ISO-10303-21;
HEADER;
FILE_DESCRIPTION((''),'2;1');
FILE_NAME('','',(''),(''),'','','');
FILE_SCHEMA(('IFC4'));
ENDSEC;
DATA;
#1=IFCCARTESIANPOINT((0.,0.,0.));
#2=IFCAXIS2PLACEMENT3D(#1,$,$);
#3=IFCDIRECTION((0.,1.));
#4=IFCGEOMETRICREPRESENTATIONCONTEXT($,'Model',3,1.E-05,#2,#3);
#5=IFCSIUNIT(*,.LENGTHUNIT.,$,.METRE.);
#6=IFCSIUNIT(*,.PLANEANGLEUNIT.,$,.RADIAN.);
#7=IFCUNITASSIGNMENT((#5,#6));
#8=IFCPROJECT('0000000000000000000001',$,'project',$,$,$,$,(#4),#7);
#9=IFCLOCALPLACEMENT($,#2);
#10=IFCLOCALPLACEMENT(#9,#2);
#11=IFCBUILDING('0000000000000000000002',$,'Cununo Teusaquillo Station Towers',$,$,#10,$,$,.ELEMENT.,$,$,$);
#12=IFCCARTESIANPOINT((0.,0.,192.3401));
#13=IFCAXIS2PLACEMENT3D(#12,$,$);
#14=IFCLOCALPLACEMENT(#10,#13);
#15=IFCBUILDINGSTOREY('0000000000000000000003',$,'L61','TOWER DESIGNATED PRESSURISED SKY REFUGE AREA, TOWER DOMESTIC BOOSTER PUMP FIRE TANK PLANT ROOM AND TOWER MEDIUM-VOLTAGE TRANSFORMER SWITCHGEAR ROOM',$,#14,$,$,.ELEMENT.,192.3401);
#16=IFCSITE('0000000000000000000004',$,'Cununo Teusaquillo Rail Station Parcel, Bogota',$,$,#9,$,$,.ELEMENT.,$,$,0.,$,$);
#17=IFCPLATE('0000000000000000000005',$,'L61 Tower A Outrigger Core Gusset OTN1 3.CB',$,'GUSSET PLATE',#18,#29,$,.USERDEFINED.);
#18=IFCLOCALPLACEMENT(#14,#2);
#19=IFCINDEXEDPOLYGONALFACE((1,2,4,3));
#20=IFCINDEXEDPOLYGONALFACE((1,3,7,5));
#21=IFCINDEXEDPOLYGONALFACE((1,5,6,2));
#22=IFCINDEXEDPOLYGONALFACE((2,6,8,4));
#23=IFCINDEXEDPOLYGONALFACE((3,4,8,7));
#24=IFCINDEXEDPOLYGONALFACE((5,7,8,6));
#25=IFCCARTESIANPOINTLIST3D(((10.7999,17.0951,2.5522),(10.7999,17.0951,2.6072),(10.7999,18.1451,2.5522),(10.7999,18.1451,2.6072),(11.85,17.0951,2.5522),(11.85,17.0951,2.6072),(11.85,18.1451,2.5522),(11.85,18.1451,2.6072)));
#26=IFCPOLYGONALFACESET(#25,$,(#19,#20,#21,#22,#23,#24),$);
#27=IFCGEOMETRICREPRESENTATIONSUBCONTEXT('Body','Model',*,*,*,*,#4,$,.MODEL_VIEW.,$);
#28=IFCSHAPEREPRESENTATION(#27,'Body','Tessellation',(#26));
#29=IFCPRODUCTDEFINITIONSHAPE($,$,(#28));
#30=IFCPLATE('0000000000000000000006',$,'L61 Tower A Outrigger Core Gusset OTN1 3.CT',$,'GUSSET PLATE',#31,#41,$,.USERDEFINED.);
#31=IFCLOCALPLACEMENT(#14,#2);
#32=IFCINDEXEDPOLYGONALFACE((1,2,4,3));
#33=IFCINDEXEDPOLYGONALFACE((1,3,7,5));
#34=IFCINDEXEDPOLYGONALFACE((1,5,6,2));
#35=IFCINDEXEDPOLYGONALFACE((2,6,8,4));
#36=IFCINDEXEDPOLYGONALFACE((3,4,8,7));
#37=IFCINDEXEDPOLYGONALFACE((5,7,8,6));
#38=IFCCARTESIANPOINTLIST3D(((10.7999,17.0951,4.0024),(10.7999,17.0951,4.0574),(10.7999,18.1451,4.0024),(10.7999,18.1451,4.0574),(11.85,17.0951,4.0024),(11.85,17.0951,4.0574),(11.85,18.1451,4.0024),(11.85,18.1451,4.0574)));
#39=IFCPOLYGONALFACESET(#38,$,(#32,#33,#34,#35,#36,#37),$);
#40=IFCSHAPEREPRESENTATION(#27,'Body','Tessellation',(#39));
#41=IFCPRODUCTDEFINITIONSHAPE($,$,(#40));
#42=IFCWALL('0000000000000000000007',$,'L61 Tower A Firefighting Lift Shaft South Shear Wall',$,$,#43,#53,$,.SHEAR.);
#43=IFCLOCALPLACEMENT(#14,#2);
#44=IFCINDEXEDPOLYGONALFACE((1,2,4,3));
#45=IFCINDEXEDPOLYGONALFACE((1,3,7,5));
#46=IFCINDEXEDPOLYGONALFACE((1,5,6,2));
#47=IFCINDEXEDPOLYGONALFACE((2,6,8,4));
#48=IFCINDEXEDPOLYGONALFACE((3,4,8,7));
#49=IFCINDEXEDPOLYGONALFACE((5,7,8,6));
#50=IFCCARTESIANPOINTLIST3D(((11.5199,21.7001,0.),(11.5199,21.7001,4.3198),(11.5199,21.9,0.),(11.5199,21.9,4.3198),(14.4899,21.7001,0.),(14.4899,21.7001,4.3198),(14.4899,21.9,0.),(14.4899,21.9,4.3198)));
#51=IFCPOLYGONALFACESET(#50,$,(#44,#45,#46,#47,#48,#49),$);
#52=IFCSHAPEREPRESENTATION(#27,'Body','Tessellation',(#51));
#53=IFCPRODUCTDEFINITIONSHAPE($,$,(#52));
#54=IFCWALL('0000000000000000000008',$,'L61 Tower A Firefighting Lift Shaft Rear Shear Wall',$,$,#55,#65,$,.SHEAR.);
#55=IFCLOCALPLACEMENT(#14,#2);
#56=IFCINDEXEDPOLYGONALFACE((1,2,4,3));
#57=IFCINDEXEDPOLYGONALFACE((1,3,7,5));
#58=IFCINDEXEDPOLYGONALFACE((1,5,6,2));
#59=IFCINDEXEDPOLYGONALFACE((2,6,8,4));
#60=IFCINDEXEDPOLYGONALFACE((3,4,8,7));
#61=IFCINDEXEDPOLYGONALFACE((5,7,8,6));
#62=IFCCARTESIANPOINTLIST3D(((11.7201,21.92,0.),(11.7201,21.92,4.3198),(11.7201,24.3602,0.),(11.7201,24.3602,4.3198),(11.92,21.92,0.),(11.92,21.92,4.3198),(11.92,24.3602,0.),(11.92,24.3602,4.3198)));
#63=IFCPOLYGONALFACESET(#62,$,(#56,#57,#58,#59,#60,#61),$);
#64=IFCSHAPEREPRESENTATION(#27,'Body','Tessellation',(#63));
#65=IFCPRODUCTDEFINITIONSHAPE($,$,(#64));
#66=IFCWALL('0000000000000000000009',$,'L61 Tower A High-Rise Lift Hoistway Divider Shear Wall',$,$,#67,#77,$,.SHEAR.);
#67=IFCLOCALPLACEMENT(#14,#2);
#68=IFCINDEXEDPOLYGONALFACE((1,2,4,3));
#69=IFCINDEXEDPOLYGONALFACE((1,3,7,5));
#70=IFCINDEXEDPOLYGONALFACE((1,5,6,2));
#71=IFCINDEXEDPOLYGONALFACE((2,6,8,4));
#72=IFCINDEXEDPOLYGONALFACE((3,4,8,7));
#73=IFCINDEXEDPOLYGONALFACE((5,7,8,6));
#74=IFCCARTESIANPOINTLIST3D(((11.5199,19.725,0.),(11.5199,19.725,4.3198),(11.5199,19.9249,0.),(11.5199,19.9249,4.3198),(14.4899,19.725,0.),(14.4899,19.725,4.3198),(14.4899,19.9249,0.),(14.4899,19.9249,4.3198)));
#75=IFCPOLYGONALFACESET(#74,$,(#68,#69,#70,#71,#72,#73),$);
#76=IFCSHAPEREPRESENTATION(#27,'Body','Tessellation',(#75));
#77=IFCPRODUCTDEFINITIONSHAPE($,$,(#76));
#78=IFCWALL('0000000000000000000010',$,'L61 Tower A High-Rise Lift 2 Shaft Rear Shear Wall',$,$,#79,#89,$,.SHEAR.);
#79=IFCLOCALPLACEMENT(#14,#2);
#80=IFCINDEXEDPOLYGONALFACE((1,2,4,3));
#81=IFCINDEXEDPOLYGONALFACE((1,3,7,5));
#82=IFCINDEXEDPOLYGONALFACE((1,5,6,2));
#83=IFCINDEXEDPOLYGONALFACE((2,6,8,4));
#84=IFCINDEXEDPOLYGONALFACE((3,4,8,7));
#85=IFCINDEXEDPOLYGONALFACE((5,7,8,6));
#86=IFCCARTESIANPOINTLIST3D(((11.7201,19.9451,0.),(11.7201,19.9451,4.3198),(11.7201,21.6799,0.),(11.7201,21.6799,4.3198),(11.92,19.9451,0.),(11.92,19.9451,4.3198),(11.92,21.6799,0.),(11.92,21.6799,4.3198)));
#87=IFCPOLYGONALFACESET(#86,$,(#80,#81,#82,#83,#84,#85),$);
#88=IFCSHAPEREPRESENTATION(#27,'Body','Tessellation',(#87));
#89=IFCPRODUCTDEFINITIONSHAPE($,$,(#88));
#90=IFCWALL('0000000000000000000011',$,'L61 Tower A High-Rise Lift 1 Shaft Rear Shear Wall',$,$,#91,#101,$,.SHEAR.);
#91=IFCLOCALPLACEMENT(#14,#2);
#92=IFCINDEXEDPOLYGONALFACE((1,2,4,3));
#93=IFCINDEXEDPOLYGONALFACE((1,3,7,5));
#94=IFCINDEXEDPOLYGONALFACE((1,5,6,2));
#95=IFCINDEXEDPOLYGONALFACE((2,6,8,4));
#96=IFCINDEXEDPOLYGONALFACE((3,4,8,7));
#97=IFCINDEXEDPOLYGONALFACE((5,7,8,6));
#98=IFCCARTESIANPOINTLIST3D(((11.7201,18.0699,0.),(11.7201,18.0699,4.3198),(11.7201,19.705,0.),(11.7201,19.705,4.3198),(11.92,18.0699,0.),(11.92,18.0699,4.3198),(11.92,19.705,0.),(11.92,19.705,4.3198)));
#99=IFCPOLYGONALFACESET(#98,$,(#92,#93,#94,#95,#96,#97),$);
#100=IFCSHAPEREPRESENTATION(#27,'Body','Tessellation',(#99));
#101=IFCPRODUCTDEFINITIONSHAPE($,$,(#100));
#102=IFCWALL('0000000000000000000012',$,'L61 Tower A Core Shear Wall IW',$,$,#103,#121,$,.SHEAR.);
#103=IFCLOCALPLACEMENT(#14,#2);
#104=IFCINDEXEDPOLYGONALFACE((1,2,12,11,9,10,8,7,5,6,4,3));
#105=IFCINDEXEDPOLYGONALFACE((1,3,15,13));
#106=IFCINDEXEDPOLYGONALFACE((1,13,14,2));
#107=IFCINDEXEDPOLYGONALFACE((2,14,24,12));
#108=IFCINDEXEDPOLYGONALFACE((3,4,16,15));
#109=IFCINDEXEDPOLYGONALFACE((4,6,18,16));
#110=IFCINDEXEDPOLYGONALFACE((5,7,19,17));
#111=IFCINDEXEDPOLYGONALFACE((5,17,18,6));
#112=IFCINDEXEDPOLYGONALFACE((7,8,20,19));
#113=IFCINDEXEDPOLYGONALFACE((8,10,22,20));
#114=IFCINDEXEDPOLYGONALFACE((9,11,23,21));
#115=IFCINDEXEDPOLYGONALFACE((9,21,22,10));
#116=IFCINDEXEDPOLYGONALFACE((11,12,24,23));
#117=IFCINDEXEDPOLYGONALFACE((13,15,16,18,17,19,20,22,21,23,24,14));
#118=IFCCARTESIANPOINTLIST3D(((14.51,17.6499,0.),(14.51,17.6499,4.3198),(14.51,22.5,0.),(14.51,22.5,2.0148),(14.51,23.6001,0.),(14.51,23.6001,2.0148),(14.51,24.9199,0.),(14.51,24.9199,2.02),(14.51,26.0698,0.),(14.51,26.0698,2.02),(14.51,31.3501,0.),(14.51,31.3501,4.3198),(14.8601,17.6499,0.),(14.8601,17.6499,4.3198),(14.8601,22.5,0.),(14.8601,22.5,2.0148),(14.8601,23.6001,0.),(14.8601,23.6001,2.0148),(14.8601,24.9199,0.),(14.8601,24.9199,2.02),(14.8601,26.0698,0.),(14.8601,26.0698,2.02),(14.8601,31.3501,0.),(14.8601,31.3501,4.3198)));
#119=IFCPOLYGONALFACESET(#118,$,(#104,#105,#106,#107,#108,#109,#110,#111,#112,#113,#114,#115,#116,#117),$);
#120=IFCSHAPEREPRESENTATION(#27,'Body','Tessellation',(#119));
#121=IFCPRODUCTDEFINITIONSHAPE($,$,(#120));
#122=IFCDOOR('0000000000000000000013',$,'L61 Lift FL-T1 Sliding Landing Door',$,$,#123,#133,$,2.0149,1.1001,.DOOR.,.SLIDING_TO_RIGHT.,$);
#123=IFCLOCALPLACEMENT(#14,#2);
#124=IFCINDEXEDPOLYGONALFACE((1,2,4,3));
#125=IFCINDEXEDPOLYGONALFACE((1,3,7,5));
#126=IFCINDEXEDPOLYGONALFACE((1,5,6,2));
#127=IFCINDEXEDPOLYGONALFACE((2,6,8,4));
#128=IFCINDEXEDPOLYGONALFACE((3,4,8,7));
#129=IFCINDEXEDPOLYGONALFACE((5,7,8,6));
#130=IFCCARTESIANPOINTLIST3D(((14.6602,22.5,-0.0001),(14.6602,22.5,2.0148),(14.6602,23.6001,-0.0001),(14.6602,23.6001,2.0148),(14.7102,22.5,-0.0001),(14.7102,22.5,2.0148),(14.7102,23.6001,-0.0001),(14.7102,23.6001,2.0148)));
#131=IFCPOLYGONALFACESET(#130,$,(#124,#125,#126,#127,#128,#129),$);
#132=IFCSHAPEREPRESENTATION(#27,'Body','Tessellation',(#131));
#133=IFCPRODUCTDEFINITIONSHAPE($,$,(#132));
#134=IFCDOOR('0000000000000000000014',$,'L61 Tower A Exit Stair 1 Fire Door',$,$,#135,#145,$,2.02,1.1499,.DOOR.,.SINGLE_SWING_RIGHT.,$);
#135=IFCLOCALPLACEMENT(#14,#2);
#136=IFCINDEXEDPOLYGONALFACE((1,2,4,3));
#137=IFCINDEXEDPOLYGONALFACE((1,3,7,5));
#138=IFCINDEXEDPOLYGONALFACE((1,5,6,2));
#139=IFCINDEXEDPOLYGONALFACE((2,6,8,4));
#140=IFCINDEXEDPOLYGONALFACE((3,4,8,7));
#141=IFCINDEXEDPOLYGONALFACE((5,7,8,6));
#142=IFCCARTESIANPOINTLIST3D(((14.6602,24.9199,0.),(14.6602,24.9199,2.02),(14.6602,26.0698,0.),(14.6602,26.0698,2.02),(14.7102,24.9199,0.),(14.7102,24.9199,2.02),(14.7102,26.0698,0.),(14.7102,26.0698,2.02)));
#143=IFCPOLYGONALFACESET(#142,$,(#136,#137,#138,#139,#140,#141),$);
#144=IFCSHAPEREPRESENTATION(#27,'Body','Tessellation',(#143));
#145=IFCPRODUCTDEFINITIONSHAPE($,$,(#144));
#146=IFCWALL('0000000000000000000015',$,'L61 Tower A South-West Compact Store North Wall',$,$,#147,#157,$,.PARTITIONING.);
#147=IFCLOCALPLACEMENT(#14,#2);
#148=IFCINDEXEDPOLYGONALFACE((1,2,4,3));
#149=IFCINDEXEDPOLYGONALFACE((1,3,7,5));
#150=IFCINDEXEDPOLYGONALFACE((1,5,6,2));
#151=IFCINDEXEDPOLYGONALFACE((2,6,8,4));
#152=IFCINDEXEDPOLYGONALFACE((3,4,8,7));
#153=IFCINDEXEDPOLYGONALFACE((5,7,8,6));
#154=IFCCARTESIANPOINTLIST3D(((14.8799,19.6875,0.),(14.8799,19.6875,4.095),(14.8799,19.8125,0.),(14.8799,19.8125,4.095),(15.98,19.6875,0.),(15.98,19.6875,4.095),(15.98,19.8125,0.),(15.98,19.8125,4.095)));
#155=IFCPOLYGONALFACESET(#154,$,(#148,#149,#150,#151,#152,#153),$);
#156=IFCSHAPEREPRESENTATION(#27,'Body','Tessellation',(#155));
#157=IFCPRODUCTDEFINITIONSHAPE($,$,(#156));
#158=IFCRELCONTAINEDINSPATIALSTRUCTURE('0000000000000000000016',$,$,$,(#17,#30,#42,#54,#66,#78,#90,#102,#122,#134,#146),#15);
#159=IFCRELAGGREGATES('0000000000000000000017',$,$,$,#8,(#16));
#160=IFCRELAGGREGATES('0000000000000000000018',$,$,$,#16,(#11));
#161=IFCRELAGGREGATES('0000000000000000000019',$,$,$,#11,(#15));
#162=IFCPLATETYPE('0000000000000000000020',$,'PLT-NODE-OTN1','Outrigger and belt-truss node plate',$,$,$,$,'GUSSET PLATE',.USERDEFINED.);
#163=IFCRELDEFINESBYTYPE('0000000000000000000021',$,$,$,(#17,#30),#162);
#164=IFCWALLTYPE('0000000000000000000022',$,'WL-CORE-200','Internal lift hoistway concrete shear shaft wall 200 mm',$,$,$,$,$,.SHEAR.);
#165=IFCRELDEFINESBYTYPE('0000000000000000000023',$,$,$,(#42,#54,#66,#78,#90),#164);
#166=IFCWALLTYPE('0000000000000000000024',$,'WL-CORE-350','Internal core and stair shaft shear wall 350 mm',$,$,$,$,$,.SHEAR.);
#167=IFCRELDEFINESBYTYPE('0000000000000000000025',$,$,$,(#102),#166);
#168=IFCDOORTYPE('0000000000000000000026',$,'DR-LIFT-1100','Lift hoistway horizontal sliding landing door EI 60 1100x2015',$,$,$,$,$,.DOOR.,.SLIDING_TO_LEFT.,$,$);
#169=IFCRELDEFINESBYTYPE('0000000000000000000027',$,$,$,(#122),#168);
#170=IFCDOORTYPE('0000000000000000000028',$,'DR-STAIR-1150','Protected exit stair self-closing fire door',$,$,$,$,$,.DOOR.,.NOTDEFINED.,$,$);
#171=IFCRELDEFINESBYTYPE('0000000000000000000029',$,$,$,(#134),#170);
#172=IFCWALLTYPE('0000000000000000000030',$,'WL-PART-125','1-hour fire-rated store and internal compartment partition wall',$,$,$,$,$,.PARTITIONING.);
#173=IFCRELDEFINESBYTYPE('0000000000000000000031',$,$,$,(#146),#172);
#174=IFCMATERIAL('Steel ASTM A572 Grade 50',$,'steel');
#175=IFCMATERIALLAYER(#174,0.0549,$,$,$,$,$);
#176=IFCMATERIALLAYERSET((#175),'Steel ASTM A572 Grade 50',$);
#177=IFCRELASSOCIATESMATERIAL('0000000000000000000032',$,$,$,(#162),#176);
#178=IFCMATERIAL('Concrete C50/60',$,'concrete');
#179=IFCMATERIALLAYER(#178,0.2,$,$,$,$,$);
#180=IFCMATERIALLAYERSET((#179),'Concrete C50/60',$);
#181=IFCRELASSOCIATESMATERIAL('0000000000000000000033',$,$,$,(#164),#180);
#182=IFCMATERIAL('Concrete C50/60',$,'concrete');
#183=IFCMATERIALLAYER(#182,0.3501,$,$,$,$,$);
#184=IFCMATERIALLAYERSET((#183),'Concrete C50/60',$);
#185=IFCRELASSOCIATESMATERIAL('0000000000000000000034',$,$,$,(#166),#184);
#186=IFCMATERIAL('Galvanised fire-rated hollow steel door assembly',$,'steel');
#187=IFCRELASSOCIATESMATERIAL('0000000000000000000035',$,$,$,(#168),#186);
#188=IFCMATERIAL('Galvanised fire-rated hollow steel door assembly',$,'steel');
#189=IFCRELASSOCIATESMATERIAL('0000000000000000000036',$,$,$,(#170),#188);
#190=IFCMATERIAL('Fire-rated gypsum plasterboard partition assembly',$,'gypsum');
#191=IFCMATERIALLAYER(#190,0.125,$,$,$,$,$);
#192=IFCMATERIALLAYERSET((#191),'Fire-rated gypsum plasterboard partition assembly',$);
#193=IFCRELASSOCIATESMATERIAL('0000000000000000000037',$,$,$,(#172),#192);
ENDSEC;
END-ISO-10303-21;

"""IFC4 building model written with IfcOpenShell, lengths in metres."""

from ifc_helpers import new_model, si_unit, direction, frame, frame_2d, origin, origin_2d, place, context, subcontext, project, spatial, rectangle, extrude, source, transform, mapped, material, layer, layer_set, type_object, element, fill, save


model = new_model("IFC4")

# Units and contexts
model_context = context("Model", 3, precision=1e-05, world=origin(), true_north=direction((0.0, 1.0)))
body_context = subcontext(model_context, "Body", "Model", "MODEL_VIEW")
ifc_project = project(units=[si_unit("LENGTHUNIT", "METRE"), si_unit("PLANEANGLEUNIT", "RADIAN")], contexts=[model_context])

# Site, building, storey
site_placement = place(None, origin())
site = spatial("IfcSite", under=ifc_project, at=site_placement, Name="Cununo Teusaquillo Rail Station Parcel, Bogota", CompositionType="ELEMENT", RefElevation=0.0)
building_placement = place(site_placement, origin())
building = spatial("IfcBuilding", under=site, at=building_placement, Name="Cununo Teusaquillo Station Towers", CompositionType="ELEMENT")
storey_placement = place(building_placement, frame((0.0, 0.0, 192.3401)))
storey = spatial("IfcBuildingStorey", under=building, at=storey_placement, Name="L61", Description="TOWER DESIGNATED PRESSURISED SKY REFUGE AREA, TOWER DOMESTIC BOOSTER PUMP FIRE TANK PLANT ROOM AND TOWER MEDIUM-VOLTAGE TRANSFORMER SWITCHGEAR ROOM", CompositionType="ELEMENT", Elevation=192.3401)

# Plates
ifc_material_1 = material(Name="Steel ASTM A572 Grade 50", Category="steel")
ifc_layer_1 = layer(ifc_material_1, 0.0549)
ifc_layer_set_1 = layer_set([ifc_layer_1], Name="Steel ASTM A572 Grade 50")
plate_type = type_object("IfcPlateType", Name="PLT-NODE-OTN1", Description="Outrigger and belt-truss node plate", ElementType="GUSSET PLATE", PredefinedType="USERDEFINED", material=ifc_layer_set_1)
shared_shape_1 = source(origin(), body_context, "Body", "SweptSolid", [
    extrude(rectangle(XDim=1.05, YDim=1.05, at=origin_2d()), origin(), (0.0, 0.0, 1.0), 0.0549),
])
for number, where, z_axis, x_axis, name in (
    (1, (11.325, 17.6201, 2.5522), (0.0, 0.0, 1.0), (1.0, 0.0, 0.0), "L61 Tower A Outrigger Core Gusset OTN1 3.CB"),
    (2, (11.325, 17.6201, 4.0024), (0.0, 0.0, 1.0), (1.0, 0.0, 0.0), "L61 Tower A Outrigger Core Gusset OTN1 3.CT"),
):
    element("IfcPlate", number, at=place(storey_placement, frame(where, z_axis=z_axis, x_axis=x_axis)), inside=storey, type_object=plate_type, Name=name, ObjectType="GUSSET PLATE", PredefinedType="USERDEFINED", context=body_context, shape_type="MappedRepresentation", body=[
        mapped(shared_shape_1, transform((0.0, 0.0, 0.0), x_axis=(1.0, 0.0, 0.0), y_axis=(0.0, 1.0, 0.0), z_axis=(0.0, 0.0, 1.0), scale=1.0)),
    ])

# Walls
ifc_material_2 = material(Name="Concrete C50/60", Category="concrete")
ifc_layer_2 = layer(ifc_material_2, 0.2)
ifc_layer_set_2 = layer_set([ifc_layer_2], Name="Concrete C50/60")
wall_type_1 = type_object("IfcWallType", Name="WL-CORE-200", Description="Internal lift hoistway concrete shear shaft wall 200 mm", PredefinedType="SHEAR", material=ifc_layer_set_2)
wall_1_placement = place(storey_placement, frame((11.52, 21.8, 0.0), z_axis=(0.0, 0.0, 1.0), x_axis=(1.0, 0.0, 0.0)))
element("IfcWall", 3, at=wall_1_placement, inside=storey, type_object=wall_type_1, Name="L61 Tower A Firefighting Lift Shaft South Shear Wall", PredefinedType="SHEAR", context=body_context, shape_type="SweptSolid", body=[
    extrude(rectangle(XDim=2.97, YDim=0.2, at=frame_2d((1.4849, 0.0))), origin(), (0.0, 0.0, 1.0), 4.3198),
])
wall_2_placement = place(storey_placement, frame((11.8201, 21.9199, 0.0), z_axis=(0.0, 0.0, 1.0), x_axis=(0.0, 1.0, 0.0)))
element("IfcWall", 4, at=wall_2_placement, inside=storey, type_object=wall_type_1, Name="L61 Tower A Firefighting Lift Shaft Rear Shear Wall", PredefinedType="SHEAR", context=body_context, shape_type="SweptSolid", body=[
    extrude(rectangle(XDim=2.4402, YDim=0.2, at=frame_2d((1.2202, 0.0))), origin(), (0.0, 0.0, 1.0), 4.3198),
])
wall_3_placement = place(storey_placement, frame((11.52, 19.825, 0.0), z_axis=(0.0, 0.0, 1.0), x_axis=(1.0, 0.0, 0.0)))
element("IfcWall", 5, at=wall_3_placement, inside=storey, type_object=wall_type_1, Name="L61 Tower A High-Rise Lift Hoistway Divider Shear Wall", PredefinedType="SHEAR", context=body_context, shape_type="SweptSolid", body=[
    extrude(rectangle(XDim=2.97, YDim=0.2, at=frame_2d((1.4849, 0.0))), origin(), (0.0, 0.0, 1.0), 4.3198),
])
wall_4_placement = place(storey_placement, frame((11.8201, 19.9451, 0.0), z_axis=(0.0, 0.0, 1.0), x_axis=(0.0, 1.0, 0.0)))
element("IfcWall", 6, at=wall_4_placement, inside=storey, type_object=wall_type_1, Name="L61 Tower A High-Rise Lift 2 Shaft Rear Shear Wall", PredefinedType="SHEAR", context=body_context, shape_type="SweptSolid", body=[
    extrude(rectangle(XDim=1.7349, YDim=0.2, at=frame_2d((0.8674, 0.0))), origin(), (0.0, 0.0, 1.0), 4.3198),
])
wall_5_placement = place(storey_placement, frame((11.8201, 18.0701, 0.0), z_axis=(0.0, 0.0, 1.0), x_axis=(0.0, 1.0, 0.0)))
element("IfcWall", 7, at=wall_5_placement, inside=storey, type_object=wall_type_1, Name="L61 Tower A High-Rise Lift 1 Shaft Rear Shear Wall", PredefinedType="SHEAR", context=body_context, shape_type="SweptSolid", body=[
    extrude(rectangle(XDim=1.635, YDim=0.2, at=frame_2d((0.8174, 0.0))), origin(), (0.0, 0.0, 1.0), 4.3198),
])

# Wall, openings, doors
ifc_material_3 = material(Name="Concrete C50/60", Category="concrete")
ifc_layer_3 = layer(ifc_material_3, 0.3501)
ifc_layer_set_3 = layer_set([ifc_layer_3], Name="Concrete C50/60")
wall_type_2 = type_object("IfcWallType", Name="WL-CORE-350", Description="Internal core and stair shaft shear wall 350 mm", PredefinedType="SHEAR", material=ifc_layer_set_3)
wall_6_placement = place(storey_placement, frame((14.6851, 17.6499, 0.0), z_axis=(0.0, 0.0, 1.0), x_axis=(0.0, 1.0, 0.0)))
wall_6 = element("IfcWall", 8, at=wall_6_placement, inside=storey, type_object=wall_type_2, Name="L61 Tower A Core Shear Wall IW", PredefinedType="SHEAR", context=body_context, shape_type="SweptSolid", body=[
    extrude(rectangle(XDim=13.7002, YDim=0.3501, at=frame_2d((6.8501, 0.0))), origin(), (0.0, 0.0, 1.0), 4.3198),
])
shared_shape_2 = source(origin(), body_context, "Body", "SweptSolid", [
    extrude(rectangle(XDim=1.1001, YDim=2.0149, at=frame_2d((0.55, 1.0073))), frame((0.0, 0.1851, 0.0), z_axis=(0.0, -1.0, 0.0), x_axis=(1.0, 0.0, 0.0)), (0.0, 0.0, 1.0), 0.3701),
])
opening_1_placement = place(wall_6_placement, frame((4.8501, 0.0, 0.0)))
opening_1 = element("IfcOpeningElement", 9, at=opening_1_placement, cuts=wall_6, PredefinedType="OPENING", context=body_context, shape_type="MappedRepresentation", body=[
    mapped(shared_shape_2, transform((0.0, 0.0, 0.0), x_axis=(1.0, 0.0, 0.0), y_axis=(0.0, 1.0, 0.0), z_axis=(0.0, 0.0, 1.0), scale=1.0)),
])
shared_shape_3 = source(origin(), body_context, "Body", "SweptSolid", [
    extrude(rectangle(XDim=1.1499, YDim=2.02, at=frame_2d((0.575, 1.01))), frame((0.0, 0.1851, 0.0), z_axis=(0.0, -1.0, 0.0), x_axis=(1.0, 0.0, 0.0)), (0.0, 0.0, 1.0), 0.3701),
])
opening_2_placement = place(wall_6_placement, frame((7.27, 0.0, 0.0)))
opening_2 = element("IfcOpeningElement", 10, at=opening_2_placement, cuts=wall_6, PredefinedType="OPENING", context=body_context, shape_type="MappedRepresentation", body=[
    mapped(shared_shape_3, transform((0.0, 0.0, 0.0), x_axis=(1.0, 0.0, 0.0), y_axis=(0.0, 1.0, 0.0), z_axis=(0.0, 0.0, 1.0), scale=1.0)),
])
ifc_material_4 = material(Name="Galvanised fire-rated hollow steel door assembly", Category="steel")
door_type_1 = type_object("IfcDoorType", Name="DR-LIFT-1100", Description="Lift hoistway horizontal sliding landing door EI 60 1100x2015", OperationType="SLIDING_TO_LEFT", PredefinedType="DOOR", material=ifc_material_4)
shared_shape_4 = source(origin(), body_context, "Body", "SweptSolid", [
    extrude(rectangle(XDim=1.1001, YDim=2.0149, at=frame_2d((0.55, 1.0073))), frame((0.0, 0.0249, 0.0), z_axis=(0.0, -1.0, 0.0), x_axis=(1.0, 0.0, 0.0)), (0.0, 0.0, 1.0), 0.05),
])
door_1_placement = place(opening_1_placement, origin())
door_1 = element("IfcDoor", 11, at=door_1_placement, inside=storey, type_object=door_type_1, Name="L61 Lift FL-T1 Sliding Landing Door", OperationType="SLIDING_TO_RIGHT", OverallHeight=2.0149, OverallWidth=1.1001, PredefinedType="DOOR", context=body_context, shape_type="MappedRepresentation", body=[
    mapped(shared_shape_4, transform((0.0, 0.0, 0.0), x_axis=(1.0, 0.0, 0.0), y_axis=(0.0, 1.0, 0.0), z_axis=(0.0, 0.0, 1.0), scale=1.0)),
])
fill(opening_1, door_1)
ifc_material_5 = material(Name="Galvanised fire-rated hollow steel door assembly", Category="steel")
door_type_2 = type_object("IfcDoorType", Name="DR-STAIR-1150", Description="Protected exit stair self-closing fire door", OperationType="NOTDEFINED", PredefinedType="DOOR", material=ifc_material_5)
shared_shape_5 = source(origin(), body_context, "Body", "SweptSolid", [
    extrude(rectangle(XDim=1.1499, YDim=2.02, at=frame_2d((0.575, 1.01))), frame((0.0, 0.0249, 0.0), z_axis=(0.0, -1.0, 0.0), x_axis=(1.0, 0.0, 0.0)), (0.0, 0.0, 1.0), 0.05),
])
door_2_placement = place(opening_2_placement, origin())
door_2 = element("IfcDoor", 12, at=door_2_placement, inside=storey, type_object=door_type_2, Name="L61 Tower A Exit Stair 1 Fire Door", OperationType="SINGLE_SWING_RIGHT", OverallHeight=2.02, OverallWidth=1.1499, PredefinedType="DOOR", context=body_context, shape_type="MappedRepresentation", body=[
    mapped(shared_shape_5, transform((0.0, 0.0, 0.0), x_axis=(1.0, 0.0, 0.0), y_axis=(0.0, 1.0, 0.0), z_axis=(0.0, 0.0, 1.0), scale=1.0)),
])
fill(opening_2, door_2)

# Wall
ifc_material_6 = material(Name="Fire-rated gypsum plasterboard partition assembly", Category="gypsum")
ifc_layer_4 = layer(ifc_material_6, 0.125)
ifc_layer_set_4 = layer_set([ifc_layer_4], Name="Fire-rated gypsum plasterboard partition assembly")
wall_type_3 = type_object("IfcWallType", Name="WL-PART-125", Description="1-hour fire-rated store and internal compartment partition wall", PredefinedType="PARTITIONING", material=ifc_layer_set_4)
wall_7_placement = place(storey_placement, frame((14.8799, 19.75, 0.0), z_axis=(0.0, 0.0, 1.0), x_axis=(1.0, 0.0, 0.0)))
element("IfcWall", 13, at=wall_7_placement, inside=storey, type_object=wall_type_3, Name="L61 Tower A South-West Compact Store North Wall", PredefinedType="PARTITIONING", context=body_context, shape_type="SweptSolid", body=[
    extrude(rectangle(XDim=1.1001, YDim=0.125, at=frame_2d((0.55, 0.0))), origin(), (0.0, 0.0, 1.0), 4.095),
])

save(model, "model.ifc")
